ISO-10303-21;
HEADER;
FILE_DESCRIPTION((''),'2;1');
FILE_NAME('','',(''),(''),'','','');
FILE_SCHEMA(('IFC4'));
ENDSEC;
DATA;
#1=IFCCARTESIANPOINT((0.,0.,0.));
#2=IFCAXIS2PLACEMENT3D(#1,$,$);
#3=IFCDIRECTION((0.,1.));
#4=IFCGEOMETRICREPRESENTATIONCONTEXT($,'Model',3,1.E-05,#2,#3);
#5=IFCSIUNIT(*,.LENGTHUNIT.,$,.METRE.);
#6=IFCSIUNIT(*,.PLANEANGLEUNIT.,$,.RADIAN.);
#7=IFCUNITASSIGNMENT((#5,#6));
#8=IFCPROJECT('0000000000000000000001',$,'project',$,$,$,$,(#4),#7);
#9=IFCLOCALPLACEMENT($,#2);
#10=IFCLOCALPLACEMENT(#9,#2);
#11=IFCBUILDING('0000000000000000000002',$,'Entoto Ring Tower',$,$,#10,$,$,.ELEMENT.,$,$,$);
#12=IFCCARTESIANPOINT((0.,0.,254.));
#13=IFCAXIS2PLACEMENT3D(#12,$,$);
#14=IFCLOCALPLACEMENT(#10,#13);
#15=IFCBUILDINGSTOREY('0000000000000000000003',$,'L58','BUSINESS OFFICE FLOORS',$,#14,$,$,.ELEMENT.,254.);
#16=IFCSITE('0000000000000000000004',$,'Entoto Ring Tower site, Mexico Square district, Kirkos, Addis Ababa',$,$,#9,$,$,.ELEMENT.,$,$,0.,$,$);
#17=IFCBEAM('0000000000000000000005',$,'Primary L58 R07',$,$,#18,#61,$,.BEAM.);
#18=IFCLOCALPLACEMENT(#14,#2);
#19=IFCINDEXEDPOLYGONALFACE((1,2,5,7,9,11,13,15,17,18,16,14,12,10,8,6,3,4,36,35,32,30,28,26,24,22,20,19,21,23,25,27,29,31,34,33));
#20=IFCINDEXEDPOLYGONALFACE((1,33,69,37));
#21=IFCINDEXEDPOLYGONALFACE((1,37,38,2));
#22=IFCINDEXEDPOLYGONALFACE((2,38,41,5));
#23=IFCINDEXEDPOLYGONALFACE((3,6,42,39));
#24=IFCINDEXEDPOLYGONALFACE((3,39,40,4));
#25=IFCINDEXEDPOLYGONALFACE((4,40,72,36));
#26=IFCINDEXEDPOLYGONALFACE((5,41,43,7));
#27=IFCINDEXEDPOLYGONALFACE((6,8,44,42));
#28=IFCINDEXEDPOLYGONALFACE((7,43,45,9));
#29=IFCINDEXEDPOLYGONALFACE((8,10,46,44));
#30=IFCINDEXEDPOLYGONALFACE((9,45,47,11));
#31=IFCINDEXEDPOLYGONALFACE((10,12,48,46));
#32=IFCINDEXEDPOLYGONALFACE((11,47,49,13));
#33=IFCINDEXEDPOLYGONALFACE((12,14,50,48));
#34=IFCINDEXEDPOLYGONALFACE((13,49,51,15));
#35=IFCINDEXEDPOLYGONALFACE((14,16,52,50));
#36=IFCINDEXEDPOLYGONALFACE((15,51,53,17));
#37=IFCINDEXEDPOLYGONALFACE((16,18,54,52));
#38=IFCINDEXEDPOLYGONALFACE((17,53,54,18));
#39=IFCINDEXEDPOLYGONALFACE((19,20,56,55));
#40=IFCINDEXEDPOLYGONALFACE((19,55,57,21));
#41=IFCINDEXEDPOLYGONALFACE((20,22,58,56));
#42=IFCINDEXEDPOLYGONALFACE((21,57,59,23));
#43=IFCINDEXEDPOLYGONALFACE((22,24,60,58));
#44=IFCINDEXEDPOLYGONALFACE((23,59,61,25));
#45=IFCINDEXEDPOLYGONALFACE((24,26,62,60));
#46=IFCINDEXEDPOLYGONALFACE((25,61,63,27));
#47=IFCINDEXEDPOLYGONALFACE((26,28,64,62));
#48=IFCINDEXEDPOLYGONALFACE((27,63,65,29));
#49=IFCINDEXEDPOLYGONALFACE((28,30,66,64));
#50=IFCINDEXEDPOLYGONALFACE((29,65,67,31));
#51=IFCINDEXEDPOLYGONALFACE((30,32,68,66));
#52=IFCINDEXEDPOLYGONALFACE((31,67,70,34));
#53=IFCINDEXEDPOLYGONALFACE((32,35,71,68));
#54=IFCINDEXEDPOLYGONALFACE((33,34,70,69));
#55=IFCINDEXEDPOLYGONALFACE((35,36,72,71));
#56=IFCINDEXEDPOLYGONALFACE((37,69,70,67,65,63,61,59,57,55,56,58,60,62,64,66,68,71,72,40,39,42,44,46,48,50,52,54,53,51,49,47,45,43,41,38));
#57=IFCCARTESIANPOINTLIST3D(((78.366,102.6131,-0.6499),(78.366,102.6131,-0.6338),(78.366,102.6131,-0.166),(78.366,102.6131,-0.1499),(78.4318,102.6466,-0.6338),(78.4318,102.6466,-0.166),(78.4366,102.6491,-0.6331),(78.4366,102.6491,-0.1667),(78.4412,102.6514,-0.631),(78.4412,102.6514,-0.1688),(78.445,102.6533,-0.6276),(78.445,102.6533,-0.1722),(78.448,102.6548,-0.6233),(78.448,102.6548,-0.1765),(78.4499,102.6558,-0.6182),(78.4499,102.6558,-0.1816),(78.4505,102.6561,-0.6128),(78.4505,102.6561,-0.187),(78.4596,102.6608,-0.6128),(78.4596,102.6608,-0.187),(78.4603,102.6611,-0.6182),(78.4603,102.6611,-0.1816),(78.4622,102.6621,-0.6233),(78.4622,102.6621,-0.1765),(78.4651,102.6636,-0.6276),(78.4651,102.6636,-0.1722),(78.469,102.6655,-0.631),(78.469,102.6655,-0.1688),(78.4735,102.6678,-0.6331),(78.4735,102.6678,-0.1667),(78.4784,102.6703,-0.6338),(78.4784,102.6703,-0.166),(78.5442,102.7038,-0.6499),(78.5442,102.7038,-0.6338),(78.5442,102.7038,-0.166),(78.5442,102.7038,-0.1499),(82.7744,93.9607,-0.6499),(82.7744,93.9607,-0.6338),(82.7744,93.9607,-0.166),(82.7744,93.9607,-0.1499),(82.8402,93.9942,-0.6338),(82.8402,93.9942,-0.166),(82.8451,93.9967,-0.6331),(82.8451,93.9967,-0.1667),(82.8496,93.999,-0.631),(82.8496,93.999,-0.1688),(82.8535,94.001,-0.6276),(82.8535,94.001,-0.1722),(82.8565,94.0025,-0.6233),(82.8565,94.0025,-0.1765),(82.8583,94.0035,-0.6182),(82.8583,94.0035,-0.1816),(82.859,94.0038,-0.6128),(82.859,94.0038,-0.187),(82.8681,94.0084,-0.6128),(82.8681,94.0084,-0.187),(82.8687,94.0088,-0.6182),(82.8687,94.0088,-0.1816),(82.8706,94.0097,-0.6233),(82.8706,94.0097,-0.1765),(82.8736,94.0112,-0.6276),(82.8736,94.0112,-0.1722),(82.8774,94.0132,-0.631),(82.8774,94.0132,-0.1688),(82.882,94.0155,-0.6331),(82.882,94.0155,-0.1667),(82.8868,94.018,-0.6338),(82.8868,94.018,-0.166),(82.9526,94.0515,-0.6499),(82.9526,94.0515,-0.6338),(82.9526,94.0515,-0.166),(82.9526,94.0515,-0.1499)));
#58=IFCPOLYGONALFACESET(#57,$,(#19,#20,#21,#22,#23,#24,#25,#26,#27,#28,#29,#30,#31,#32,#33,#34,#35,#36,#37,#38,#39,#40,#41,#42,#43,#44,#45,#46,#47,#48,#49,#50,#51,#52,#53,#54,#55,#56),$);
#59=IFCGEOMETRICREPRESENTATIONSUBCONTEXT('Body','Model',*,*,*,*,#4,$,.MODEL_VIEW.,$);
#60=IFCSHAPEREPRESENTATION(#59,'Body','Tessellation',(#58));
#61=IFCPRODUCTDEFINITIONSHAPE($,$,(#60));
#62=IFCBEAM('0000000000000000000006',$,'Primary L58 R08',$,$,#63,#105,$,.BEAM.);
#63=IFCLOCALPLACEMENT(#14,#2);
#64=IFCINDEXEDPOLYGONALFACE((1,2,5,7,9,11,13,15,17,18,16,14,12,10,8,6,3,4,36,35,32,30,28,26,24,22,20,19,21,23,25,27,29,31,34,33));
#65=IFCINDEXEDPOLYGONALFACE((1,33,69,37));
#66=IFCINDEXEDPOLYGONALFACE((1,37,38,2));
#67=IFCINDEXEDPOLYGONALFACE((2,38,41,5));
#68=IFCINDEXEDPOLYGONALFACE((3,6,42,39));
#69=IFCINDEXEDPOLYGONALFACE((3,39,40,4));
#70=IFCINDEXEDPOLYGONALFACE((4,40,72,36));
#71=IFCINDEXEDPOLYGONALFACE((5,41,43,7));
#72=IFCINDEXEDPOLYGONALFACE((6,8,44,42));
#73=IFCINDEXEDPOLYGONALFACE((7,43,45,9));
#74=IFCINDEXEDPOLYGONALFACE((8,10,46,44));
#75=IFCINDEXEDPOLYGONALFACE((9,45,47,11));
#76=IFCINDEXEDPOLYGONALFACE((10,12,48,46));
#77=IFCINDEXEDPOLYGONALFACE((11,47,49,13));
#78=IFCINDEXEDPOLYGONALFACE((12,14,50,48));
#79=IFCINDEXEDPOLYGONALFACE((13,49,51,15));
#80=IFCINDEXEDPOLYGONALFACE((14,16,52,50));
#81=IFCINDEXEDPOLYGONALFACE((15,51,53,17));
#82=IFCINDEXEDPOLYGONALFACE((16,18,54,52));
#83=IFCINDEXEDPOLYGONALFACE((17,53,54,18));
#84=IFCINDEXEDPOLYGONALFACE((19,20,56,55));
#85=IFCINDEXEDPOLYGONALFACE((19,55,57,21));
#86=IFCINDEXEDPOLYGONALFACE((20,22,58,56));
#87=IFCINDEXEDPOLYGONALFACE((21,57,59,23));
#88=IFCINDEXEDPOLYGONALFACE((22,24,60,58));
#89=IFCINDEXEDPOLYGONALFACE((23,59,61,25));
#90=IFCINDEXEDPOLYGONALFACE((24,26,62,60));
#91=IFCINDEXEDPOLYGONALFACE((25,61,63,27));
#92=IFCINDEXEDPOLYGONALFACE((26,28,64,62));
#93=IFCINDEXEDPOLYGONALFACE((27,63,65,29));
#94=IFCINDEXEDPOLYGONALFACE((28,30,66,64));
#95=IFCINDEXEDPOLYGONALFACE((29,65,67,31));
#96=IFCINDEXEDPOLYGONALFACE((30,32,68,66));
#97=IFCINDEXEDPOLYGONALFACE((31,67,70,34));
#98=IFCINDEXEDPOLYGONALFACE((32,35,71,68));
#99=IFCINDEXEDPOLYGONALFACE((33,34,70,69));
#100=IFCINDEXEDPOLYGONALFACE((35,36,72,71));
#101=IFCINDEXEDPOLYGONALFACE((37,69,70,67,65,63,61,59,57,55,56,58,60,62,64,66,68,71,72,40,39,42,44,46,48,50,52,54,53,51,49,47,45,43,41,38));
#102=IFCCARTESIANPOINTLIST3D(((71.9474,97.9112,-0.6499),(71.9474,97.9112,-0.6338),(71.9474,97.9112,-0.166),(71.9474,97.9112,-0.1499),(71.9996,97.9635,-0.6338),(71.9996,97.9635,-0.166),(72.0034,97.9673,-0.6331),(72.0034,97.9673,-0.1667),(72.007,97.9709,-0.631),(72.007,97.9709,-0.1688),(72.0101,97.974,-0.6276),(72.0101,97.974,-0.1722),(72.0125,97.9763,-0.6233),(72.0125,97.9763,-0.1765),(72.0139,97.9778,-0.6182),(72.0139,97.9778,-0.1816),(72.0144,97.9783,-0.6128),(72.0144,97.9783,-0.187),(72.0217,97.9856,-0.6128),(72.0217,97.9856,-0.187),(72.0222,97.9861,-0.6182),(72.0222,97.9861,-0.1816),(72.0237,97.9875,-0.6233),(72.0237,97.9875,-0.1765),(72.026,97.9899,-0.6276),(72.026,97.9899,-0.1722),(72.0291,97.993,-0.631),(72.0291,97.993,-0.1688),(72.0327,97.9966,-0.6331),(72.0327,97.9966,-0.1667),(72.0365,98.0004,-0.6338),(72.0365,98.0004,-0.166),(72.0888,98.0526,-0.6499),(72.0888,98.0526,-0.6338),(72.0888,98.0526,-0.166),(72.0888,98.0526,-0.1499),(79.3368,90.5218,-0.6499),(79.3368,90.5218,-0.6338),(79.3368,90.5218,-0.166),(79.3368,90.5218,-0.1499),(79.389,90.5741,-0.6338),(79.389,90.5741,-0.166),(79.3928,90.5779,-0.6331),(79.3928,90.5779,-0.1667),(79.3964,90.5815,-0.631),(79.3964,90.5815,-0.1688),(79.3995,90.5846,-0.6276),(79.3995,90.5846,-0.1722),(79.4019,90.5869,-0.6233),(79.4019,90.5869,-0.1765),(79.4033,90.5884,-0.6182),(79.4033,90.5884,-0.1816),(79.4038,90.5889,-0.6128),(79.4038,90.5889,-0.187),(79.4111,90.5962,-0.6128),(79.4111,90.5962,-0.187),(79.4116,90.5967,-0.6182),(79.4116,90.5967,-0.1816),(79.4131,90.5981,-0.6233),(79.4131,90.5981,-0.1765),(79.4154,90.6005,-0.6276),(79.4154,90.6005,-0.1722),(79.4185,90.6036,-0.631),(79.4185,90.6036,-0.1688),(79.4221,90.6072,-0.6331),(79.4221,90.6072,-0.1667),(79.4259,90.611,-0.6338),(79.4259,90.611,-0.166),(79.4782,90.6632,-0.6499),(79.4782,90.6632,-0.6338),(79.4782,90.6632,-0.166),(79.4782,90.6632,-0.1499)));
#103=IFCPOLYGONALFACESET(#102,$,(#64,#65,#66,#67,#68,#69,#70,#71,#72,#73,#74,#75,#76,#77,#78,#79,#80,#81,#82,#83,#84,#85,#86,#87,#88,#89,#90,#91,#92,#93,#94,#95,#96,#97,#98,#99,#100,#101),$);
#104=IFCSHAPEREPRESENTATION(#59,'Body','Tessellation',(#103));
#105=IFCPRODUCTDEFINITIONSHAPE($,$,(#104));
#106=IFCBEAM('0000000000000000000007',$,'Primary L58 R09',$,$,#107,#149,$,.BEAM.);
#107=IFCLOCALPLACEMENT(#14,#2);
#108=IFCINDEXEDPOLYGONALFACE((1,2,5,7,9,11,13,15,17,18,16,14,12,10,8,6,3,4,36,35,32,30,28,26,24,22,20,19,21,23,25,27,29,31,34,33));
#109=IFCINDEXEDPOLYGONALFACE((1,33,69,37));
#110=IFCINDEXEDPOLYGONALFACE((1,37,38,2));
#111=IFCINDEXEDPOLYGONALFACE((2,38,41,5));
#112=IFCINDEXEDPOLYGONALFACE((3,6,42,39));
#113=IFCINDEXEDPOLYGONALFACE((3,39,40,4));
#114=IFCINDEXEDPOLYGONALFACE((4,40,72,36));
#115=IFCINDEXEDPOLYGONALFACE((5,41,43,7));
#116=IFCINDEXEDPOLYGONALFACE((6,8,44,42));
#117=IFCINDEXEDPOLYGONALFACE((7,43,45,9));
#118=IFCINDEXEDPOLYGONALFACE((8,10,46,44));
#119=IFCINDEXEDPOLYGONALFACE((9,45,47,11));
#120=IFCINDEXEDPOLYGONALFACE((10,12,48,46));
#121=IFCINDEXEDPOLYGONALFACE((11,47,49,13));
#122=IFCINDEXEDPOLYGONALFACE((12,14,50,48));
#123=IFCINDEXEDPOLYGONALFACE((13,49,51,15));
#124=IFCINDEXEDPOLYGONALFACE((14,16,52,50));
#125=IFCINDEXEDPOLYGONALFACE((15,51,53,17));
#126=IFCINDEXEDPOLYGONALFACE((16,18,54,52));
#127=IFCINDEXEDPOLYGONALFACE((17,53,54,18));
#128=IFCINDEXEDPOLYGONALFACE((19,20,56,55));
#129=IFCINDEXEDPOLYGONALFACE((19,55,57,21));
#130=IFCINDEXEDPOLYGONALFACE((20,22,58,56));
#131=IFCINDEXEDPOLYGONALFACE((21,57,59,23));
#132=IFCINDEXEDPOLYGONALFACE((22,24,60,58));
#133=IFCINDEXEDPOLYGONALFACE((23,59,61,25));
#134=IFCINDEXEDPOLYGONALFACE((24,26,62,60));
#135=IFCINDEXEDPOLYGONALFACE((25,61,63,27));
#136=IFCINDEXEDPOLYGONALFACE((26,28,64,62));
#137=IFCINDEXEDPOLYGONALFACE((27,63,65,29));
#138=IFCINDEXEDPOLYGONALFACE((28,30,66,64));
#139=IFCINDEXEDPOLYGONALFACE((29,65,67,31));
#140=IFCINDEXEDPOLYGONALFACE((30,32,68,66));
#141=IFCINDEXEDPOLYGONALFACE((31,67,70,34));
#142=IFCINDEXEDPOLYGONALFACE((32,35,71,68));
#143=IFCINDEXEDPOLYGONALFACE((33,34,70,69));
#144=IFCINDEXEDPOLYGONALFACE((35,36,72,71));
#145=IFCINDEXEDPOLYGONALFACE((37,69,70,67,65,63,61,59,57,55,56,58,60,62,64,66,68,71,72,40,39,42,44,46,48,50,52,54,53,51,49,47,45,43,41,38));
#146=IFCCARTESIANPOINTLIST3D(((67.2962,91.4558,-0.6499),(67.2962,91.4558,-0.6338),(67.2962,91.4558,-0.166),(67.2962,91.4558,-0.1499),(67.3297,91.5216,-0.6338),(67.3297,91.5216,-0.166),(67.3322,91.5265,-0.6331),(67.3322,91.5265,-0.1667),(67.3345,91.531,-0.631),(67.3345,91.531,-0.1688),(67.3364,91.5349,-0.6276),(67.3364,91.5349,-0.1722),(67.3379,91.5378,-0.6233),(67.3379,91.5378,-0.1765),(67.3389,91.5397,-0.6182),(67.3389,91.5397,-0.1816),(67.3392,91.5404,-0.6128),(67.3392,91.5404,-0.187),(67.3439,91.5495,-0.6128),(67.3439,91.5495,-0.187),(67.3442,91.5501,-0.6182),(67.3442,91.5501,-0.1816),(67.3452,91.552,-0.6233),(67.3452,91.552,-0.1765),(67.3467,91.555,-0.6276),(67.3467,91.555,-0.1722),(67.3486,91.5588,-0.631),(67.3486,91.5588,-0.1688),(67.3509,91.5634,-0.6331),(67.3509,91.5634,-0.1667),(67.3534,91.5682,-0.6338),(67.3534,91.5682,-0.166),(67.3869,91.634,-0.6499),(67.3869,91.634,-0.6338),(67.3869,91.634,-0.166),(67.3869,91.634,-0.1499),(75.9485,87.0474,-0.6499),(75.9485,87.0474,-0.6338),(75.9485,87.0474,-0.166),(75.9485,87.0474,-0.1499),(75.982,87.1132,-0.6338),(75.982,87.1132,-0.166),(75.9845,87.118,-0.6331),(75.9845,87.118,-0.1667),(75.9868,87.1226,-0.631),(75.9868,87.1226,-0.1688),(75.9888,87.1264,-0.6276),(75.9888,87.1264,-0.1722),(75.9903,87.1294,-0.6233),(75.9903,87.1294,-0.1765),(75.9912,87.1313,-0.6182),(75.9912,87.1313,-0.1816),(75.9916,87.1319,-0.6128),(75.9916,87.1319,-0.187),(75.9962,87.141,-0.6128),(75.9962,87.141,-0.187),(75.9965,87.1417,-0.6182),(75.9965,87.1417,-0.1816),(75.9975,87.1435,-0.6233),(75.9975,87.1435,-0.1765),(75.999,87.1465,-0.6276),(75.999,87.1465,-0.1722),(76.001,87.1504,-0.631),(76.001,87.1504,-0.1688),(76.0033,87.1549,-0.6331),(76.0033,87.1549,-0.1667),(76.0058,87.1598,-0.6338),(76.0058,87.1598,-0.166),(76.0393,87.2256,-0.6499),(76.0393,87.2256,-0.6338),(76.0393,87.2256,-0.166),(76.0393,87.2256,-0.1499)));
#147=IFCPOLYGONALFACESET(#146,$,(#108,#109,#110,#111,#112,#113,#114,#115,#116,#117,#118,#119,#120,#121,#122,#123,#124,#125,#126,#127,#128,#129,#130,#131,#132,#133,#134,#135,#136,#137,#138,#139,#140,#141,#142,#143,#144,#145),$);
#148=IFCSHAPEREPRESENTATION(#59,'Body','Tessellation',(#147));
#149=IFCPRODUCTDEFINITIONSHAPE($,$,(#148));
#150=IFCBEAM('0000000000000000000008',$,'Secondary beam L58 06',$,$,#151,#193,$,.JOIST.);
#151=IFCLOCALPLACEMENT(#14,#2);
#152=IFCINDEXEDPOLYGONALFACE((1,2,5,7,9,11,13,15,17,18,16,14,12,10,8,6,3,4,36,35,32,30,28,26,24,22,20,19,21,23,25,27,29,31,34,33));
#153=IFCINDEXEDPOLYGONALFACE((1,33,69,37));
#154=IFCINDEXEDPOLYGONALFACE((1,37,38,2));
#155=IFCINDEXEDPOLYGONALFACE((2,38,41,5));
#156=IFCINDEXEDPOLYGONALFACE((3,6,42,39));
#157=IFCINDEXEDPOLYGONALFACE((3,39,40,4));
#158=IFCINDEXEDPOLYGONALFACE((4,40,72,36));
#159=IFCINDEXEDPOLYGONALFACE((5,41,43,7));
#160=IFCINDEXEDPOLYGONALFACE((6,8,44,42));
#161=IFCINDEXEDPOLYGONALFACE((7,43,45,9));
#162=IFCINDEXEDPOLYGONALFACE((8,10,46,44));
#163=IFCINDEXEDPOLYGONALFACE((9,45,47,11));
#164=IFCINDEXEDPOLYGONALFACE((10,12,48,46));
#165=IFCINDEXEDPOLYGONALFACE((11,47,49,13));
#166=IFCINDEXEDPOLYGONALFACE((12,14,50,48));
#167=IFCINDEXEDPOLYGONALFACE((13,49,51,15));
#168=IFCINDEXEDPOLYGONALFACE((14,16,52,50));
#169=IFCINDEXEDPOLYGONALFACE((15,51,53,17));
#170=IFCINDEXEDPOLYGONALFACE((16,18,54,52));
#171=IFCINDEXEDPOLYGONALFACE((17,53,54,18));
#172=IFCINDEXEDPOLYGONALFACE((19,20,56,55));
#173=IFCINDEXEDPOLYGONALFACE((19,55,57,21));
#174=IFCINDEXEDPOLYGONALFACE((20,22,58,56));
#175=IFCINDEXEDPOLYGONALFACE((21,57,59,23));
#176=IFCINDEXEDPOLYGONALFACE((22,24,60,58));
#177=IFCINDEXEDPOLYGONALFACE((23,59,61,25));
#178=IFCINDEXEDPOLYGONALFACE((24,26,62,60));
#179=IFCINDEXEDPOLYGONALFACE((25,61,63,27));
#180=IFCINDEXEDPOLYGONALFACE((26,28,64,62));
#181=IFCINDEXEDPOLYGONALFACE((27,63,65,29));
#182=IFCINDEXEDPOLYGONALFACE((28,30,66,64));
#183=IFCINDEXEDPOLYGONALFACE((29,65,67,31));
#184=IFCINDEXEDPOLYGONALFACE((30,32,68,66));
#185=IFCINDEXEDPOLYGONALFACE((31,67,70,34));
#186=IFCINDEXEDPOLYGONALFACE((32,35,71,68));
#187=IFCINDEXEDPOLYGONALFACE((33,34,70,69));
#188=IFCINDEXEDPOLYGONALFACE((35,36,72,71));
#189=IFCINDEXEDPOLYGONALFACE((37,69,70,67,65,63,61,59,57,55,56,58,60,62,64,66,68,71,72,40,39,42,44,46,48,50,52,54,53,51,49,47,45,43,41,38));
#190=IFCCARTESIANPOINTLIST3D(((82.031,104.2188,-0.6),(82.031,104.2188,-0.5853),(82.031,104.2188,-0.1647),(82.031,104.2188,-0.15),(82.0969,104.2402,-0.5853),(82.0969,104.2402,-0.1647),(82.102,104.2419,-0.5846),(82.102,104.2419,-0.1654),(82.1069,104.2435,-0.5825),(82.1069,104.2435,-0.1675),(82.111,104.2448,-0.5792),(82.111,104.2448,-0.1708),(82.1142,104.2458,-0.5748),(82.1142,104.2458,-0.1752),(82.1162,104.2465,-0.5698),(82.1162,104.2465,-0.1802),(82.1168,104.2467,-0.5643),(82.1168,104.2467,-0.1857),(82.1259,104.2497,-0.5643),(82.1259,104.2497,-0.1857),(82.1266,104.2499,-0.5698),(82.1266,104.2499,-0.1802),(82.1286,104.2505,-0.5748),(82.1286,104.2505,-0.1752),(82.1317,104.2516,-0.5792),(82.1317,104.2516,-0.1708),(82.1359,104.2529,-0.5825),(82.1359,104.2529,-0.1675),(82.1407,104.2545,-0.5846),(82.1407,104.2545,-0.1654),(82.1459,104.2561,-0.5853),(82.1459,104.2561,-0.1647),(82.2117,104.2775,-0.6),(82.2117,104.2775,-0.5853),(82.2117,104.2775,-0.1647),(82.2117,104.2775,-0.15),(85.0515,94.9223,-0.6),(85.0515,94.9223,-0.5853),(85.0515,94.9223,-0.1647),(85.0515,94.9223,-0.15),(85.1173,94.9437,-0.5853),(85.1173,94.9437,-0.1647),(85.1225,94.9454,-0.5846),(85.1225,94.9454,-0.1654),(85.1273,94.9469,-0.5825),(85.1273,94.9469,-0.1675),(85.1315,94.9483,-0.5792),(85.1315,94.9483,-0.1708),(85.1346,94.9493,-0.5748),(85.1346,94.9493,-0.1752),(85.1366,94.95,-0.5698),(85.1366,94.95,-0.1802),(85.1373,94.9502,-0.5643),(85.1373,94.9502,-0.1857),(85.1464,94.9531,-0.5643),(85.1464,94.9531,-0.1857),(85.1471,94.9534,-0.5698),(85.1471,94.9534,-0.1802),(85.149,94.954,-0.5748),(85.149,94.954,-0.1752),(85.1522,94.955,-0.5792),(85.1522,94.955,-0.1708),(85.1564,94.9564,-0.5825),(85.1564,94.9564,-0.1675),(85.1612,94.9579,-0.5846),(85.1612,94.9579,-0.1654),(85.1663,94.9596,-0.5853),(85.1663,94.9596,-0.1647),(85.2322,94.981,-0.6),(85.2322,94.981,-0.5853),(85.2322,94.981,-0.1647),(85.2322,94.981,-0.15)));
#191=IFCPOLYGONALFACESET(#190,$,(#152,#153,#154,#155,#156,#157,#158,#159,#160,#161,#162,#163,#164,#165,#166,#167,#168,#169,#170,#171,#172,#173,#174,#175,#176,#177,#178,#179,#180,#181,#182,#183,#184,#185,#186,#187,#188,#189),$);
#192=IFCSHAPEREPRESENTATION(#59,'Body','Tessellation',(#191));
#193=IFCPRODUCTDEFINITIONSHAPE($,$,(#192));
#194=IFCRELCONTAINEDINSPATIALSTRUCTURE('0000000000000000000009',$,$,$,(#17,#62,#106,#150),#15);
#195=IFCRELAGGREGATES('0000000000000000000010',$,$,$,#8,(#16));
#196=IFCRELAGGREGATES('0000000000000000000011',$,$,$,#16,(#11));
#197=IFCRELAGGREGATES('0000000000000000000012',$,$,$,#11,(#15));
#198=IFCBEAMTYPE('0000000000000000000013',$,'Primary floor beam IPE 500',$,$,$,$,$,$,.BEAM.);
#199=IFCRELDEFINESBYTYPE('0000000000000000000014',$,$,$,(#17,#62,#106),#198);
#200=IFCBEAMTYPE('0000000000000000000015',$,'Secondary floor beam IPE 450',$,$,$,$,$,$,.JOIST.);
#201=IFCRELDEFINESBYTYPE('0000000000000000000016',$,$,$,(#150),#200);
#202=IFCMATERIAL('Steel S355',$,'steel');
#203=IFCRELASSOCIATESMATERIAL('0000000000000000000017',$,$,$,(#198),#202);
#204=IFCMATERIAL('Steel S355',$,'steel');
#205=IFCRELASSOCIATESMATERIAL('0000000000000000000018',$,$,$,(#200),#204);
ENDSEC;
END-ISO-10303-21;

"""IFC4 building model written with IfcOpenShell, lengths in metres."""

from ifc_helpers import new_model, si_unit, direction, frame, origin, origin_2d, place, context, subcontext, project, spatial, i_section, extrude, material, material_profile, profile_set, type_object, element, save


model = new_model("IFC4")

# Units and contexts
model_context = context("Model", 3, precision=1e-05, world=origin(), true_north=direction((0.0, 1.0)))
body_context = subcontext(model_context, "Body", "Model", "MODEL_VIEW")
ifc_project = project(units=[si_unit("LENGTHUNIT", "METRE"), si_unit("PLANEANGLEUNIT", "RADIAN")], contexts=[model_context])

# Site, building, storey
site_placement = place(None, origin())
site = spatial("IfcSite", under=ifc_project, at=site_placement, Name="Entoto Ring Tower site, Mexico Square district, Kirkos, Addis Ababa", CompositionType="ELEMENT", RefElevation=0.0)
building_placement = place(site_placement, origin())
building = spatial("IfcBuilding", under=site, at=building_placement, Name="Entoto Ring Tower", CompositionType="ELEMENT")
storey_placement = place(building_placement, frame((0.0, 0.0, 254.0)))
storey = spatial("IfcBuildingStorey", under=building, at=storey_placement, Name="L58", Description="BUSINESS OFFICE FLOORS", CompositionType="ELEMENT", Elevation=254.0)

# Beams
ifc_material_1 = material(Name="Steel S355", Category="steel")
ifc_material_profile_1 = material_profile(ifc_material_1, i_section(OverallWidth=0.2, OverallDepth=0.5, WebThickness=0.0103, FlangeThickness=0.0161, FilletRadius=0.021, at=origin_2d()), Name="IPE 500")
ifc_profile_set_1 = profile_set([ifc_material_profile_1], Name="Steel S355")
beam_type_1 = type_object("IfcBeamType", Name="Primary floor beam IPE 500", PredefinedType="BEAM", material=ifc_profile_set_1)
beam_1_placement = place(storey_placement, frame((82.8635, 94.0061, -0.3999), z_axis=(-0.453979, 0.891012, 0.0), x_axis=(-0.891012, -0.453979, 0.0)))
element("IfcBeam", 1, at=beam_1_placement, inside=storey, type_object=beam_type_1, Name="Primary L58 R07", PredefinedType="BEAM", context=body_context, shape_type="SweptSolid", body=[
    extrude(i_section(OverallWidth=0.2, OverallDepth=0.5, WebThickness=0.0103, FlangeThickness=0.0161, FilletRadius=0.021, at=origin_2d()), origin(), (0.0, 0.0, 1.0), 9.7107),
])
beam_2_placement = place(storey_placement, frame((79.4075, 90.5925, -0.3999), z_axis=(-0.707107, 0.707107, 0.0), x_axis=(-0.707107, -0.707107, 0.0)))
element("IfcBeam", 2, at=beam_2_placement, inside=storey, type_object=beam_type_1, Name="Primary L58 R08", PredefinedType="BEAM", context=body_context, shape_type="SweptSolid", body=[
    extrude(i_section(OverallWidth=0.2, OverallDepth=0.5, WebThickness=0.0103, FlangeThickness=0.0161, FilletRadius=0.021, at=origin_2d()), origin(), (0.0, 0.0, 1.0), 10.4502),
])
beam_3_placement = place(storey_placement, frame((75.9939, 87.1365, -0.3999), z_axis=(-0.891012, 0.453979, 0.0), x_axis=(-0.453979, -0.891012, 0.0)))
element("IfcBeam", 3, at=beam_3_placement, inside=storey, type_object=beam_type_1, Name="Primary L58 R09", PredefinedType="BEAM", context=body_context, shape_type="SweptSolid", body=[
    extrude(i_section(OverallWidth=0.2, OverallDepth=0.5, WebThickness=0.0103, FlangeThickness=0.0161, FilletRadius=0.021, at=origin_2d()), origin(), (0.0, 0.0, 1.0), 9.7107),
])
ifc_material_2 = material(Name="Steel S355", Category="steel")
ifc_material_profile_2 = material_profile(ifc_material_2, i_section(OverallWidth=0.1899, OverallDepth=0.45, WebThickness=0.0095, FlangeThickness=0.0146, FilletRadius=0.021, at=origin_2d()), Name="IPE 450")
ifc_profile_set_2 = profile_set([ifc_material_profile_2], Name="Steel S355")
beam_type_2 = type_object("IfcBeamType", Name="Secondary floor beam IPE 450", PredefinedType="JOIST", material=ifc_profile_set_2)
beam_4_placement = place(storey_placement, frame((85.1418, 94.9517, -0.375), z_axis=(-0.309003, 0.951061, 0.0), x_axis=(-0.951061, -0.309003, 0.0)))
element("IfcBeam", 4, at=beam_4_placement, inside=storey, type_object=beam_type_2, Name="Secondary beam L58 06", PredefinedType="JOIST", context=body_context, shape_type="SweptSolid", body=[
    extrude(i_section(OverallWidth=0.1899, OverallDepth=0.45, WebThickness=0.0095, FlangeThickness=0.0146, FilletRadius=0.021, at=origin_2d()), origin(), (0.0, 0.0, 1.0), 9.7749),
])

save(model, "model.ifc")
